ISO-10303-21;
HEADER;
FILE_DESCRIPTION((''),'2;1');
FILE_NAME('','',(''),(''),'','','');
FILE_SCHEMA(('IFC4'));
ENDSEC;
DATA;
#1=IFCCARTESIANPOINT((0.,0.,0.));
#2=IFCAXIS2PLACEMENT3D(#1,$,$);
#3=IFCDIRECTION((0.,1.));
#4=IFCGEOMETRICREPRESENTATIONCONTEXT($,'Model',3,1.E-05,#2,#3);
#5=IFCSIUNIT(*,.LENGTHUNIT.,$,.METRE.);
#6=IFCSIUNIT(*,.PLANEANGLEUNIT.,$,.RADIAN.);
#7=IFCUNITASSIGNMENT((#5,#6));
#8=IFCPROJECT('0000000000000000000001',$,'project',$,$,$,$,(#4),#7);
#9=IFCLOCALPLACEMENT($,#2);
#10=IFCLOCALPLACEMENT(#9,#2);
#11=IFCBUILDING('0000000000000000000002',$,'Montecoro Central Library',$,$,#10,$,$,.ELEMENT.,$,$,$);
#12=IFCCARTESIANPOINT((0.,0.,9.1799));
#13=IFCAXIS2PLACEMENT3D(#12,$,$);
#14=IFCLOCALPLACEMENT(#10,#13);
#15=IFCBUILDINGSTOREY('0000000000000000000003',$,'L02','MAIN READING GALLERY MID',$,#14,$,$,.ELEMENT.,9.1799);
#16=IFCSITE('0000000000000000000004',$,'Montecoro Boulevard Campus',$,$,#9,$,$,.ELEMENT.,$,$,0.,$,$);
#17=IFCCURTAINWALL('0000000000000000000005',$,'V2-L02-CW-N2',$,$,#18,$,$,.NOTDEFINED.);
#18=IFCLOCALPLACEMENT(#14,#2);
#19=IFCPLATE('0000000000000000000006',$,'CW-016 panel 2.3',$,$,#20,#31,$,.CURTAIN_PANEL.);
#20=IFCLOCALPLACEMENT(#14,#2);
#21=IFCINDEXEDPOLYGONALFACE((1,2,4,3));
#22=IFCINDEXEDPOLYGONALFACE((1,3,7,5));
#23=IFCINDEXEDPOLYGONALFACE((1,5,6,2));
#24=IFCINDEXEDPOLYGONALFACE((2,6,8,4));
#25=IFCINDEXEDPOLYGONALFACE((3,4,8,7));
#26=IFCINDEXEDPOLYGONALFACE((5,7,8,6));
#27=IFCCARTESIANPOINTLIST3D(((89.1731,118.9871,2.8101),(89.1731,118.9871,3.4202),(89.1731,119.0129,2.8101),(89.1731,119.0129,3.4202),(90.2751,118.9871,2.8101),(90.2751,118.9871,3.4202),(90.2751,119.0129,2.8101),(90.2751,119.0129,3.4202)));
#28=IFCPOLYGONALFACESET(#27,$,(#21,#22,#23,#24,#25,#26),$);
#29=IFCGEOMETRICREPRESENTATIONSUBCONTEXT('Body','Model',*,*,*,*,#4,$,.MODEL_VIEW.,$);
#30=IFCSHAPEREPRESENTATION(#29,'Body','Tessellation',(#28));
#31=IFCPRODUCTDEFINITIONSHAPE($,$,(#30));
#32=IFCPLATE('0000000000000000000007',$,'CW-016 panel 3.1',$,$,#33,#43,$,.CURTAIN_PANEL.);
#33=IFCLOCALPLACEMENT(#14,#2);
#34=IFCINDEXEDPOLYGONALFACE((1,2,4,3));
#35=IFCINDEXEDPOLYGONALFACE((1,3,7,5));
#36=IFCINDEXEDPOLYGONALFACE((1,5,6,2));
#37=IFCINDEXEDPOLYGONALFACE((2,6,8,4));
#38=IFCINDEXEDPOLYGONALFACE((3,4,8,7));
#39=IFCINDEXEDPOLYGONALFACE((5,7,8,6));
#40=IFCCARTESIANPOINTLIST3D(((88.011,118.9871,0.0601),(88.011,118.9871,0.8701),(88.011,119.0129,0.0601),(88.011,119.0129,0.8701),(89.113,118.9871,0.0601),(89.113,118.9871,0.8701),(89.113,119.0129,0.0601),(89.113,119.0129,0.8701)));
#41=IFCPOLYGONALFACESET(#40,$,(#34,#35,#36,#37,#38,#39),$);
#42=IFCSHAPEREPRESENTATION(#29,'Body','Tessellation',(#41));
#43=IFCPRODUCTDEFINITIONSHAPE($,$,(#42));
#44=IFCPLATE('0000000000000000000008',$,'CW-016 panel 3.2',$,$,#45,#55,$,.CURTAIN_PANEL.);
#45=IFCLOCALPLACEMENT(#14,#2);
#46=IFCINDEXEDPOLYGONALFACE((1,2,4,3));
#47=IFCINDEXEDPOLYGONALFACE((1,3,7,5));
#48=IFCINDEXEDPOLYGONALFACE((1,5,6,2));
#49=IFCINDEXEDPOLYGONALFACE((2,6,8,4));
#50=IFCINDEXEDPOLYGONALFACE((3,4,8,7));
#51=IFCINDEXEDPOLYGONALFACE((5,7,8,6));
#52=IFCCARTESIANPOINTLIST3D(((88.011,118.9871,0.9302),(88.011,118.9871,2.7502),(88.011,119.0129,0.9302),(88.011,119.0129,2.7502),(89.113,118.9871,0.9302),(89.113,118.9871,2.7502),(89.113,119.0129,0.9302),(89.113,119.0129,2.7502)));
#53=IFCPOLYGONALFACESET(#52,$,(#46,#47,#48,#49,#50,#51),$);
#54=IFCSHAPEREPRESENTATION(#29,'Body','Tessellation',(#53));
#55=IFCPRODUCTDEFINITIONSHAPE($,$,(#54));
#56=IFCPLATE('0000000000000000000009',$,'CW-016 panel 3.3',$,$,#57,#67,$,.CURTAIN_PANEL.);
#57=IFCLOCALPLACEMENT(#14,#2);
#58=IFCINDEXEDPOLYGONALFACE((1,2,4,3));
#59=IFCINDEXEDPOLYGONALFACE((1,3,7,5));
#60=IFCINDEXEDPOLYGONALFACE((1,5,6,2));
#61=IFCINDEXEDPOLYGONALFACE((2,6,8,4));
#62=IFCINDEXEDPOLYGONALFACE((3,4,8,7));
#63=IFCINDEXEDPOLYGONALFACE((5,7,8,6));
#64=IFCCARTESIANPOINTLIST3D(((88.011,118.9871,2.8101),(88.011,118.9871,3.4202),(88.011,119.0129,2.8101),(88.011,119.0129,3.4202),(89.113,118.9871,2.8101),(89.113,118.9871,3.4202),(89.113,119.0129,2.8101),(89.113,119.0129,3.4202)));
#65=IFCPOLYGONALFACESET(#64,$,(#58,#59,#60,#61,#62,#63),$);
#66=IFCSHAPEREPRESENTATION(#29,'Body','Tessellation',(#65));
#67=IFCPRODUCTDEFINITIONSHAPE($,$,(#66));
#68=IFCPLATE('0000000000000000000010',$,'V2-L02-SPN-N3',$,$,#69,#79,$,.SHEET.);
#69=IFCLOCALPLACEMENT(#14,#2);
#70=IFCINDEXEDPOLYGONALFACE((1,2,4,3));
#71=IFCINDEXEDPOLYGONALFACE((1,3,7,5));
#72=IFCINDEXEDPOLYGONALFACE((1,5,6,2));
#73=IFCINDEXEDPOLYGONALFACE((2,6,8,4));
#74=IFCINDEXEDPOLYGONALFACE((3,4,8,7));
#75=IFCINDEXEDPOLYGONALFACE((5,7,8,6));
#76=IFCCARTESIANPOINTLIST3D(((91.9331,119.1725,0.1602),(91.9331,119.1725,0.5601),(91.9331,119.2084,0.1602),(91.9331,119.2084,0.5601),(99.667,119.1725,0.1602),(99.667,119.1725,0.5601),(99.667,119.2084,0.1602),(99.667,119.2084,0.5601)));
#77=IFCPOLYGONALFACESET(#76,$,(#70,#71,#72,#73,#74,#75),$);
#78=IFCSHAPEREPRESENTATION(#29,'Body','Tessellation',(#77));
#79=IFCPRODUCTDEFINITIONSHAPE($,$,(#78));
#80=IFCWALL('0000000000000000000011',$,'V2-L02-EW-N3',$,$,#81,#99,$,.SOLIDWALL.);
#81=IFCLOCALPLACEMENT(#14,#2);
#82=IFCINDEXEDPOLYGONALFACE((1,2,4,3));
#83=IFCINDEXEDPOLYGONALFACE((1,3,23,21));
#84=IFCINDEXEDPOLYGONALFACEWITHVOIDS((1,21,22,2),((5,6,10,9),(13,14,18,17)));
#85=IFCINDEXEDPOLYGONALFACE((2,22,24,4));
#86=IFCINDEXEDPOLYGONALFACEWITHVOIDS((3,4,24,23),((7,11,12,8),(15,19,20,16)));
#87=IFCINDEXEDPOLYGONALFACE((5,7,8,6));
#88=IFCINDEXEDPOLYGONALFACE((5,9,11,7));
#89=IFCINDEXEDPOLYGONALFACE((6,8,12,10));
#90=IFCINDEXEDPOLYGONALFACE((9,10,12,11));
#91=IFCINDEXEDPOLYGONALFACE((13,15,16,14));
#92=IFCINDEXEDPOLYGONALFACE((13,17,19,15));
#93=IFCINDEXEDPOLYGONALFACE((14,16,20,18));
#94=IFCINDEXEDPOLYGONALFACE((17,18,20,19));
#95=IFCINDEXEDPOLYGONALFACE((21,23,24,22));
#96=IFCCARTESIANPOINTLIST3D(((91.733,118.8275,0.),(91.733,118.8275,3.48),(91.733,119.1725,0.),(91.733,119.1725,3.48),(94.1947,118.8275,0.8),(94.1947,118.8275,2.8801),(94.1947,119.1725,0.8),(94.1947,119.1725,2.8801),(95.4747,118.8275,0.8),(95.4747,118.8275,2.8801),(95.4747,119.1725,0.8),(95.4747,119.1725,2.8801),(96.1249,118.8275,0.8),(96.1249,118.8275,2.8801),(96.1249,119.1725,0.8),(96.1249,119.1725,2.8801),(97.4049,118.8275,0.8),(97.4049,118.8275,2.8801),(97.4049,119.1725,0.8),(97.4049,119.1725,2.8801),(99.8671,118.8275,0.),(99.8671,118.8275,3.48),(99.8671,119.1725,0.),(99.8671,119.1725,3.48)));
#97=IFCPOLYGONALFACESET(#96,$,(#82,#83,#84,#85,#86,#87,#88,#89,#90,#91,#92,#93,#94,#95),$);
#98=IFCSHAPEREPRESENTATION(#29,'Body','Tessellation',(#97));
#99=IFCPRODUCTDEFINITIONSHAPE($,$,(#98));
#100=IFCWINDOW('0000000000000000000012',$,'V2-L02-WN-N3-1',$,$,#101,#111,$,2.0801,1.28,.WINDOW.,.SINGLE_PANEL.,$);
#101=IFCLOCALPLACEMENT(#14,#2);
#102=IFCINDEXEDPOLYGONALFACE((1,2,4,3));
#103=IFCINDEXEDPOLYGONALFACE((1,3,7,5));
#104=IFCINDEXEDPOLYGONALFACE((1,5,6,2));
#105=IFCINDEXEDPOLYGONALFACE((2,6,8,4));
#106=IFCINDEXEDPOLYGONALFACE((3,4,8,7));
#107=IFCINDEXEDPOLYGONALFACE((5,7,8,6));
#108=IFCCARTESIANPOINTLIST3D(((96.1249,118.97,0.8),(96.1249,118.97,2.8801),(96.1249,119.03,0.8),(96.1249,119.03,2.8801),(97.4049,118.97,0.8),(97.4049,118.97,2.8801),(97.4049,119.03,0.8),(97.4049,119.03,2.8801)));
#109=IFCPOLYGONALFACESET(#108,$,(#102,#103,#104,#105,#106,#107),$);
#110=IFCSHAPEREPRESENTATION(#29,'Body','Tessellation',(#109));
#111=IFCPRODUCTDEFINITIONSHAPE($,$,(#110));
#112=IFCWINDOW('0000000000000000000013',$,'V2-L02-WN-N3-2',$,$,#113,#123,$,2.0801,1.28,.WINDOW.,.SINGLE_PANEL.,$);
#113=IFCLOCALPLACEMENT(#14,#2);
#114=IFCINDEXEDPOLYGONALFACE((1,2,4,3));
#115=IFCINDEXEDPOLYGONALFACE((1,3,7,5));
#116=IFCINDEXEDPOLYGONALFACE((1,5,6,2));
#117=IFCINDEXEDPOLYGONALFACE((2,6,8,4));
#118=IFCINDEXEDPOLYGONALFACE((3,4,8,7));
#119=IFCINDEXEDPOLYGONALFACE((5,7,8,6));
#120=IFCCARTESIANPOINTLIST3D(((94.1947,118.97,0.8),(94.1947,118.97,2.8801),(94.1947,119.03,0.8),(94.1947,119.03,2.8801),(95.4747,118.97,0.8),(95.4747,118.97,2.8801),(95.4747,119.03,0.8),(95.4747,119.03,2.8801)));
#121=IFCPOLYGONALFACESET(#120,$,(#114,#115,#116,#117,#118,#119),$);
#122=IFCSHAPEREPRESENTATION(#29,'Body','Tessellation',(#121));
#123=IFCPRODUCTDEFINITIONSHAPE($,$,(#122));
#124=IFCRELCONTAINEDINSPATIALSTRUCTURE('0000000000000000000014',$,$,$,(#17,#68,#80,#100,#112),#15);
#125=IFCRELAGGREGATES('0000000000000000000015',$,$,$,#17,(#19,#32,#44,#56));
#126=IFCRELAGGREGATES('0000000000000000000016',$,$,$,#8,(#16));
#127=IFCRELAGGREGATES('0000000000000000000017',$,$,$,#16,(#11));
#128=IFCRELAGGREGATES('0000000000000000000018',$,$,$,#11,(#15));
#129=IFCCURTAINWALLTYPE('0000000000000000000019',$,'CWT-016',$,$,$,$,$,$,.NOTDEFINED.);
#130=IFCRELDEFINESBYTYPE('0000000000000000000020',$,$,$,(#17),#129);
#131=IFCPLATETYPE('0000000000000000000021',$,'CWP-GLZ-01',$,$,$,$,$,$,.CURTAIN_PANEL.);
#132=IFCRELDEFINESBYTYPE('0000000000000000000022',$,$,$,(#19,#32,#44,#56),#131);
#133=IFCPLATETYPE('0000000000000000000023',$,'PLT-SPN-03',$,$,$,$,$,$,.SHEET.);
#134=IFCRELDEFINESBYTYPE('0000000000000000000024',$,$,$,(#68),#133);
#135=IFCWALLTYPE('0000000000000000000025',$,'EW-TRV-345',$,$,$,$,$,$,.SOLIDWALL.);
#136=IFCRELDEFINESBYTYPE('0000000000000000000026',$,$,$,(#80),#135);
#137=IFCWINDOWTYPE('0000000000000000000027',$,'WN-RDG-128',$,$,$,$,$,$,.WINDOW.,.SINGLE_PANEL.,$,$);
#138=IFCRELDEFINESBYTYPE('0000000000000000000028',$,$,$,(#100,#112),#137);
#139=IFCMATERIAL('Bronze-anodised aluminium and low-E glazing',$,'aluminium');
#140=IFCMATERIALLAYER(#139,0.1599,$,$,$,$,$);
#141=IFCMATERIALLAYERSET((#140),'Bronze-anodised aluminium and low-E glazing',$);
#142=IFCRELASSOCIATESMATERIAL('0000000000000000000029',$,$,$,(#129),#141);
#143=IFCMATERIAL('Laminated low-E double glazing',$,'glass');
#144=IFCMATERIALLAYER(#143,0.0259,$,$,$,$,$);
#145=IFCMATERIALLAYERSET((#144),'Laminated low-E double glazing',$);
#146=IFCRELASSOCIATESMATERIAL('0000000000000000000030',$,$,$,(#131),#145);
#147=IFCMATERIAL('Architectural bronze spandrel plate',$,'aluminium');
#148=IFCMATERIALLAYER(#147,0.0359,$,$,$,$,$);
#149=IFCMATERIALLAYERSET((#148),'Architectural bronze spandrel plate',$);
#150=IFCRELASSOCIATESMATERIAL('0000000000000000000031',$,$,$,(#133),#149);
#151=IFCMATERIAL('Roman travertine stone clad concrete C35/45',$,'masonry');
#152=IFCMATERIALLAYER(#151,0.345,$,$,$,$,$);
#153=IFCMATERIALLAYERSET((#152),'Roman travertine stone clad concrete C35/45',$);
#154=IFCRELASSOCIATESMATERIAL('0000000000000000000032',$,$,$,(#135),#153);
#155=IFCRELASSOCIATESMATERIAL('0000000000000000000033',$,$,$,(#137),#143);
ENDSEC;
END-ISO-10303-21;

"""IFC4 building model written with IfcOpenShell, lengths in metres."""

from ifc_helpers import new_model, si_unit, direction, frame, frame_2d, origin, origin_2d, place, context, subcontext, project, spatial, rectangle, extrude, material, layer, layer_set, type_object, element, fill, aggregate, save


model = new_model("IFC4")

# Units and contexts
model_context = context("Model", 3, precision=1e-05, world=origin(), true_north=direction((0.0, 1.0)))
body_context = subcontext(model_context, "Body", "Model", "MODEL_VIEW")
ifc_project = project(units=[si_unit("LENGTHUNIT", "METRE"), si_unit("PLANEANGLEUNIT", "RADIAN")], contexts=[model_context])

# Site, building, storey
site_placement = place(None, origin())
site = spatial("IfcSite", under=ifc_project, at=site_placement, Name="Montecoro Boulevard Campus", CompositionType="ELEMENT", RefElevation=0.0)
building_placement = place(site_placement, origin())
building = spatial("IfcBuilding", under=site, at=building_placement, Name="Montecoro Central Library", CompositionType="ELEMENT")
storey_placement = place(building_placement, frame((0.0, 0.0, 9.1799)))
storey = spatial("IfcBuildingStorey", under=building, at=storey_placement, Name="L02", Description="MAIN READING GALLERY MID", CompositionType="ELEMENT", Elevation=9.1799)

# Curtain wall, plates
ifc_material_1 = material(Name="Bronze-anodised aluminium and low-E glazing", Category="aluminium")
ifc_layer_1 = layer(ifc_material_1, 0.1599)
ifc_layer_set_1 = layer_set([ifc_layer_1], Name="Bronze-anodised aluminium and low-E glazing")
curtain_wall_type = type_object("IfcCurtainWallType", Name="CWT-016", PredefinedType="NOTDEFINED", material=ifc_layer_set_1)
curtain_wall_placement = place(storey_placement, origin())
curtain_wall = element("IfcCurtainWall", 1, at=curtain_wall_placement, inside=storey, type_object=curtain_wall_type, Name="V2-L02-CW-N2", PredefinedType="NOTDEFINED")
ifc_material_2 = material(Name="Laminated low-E double glazing", Category="glass")
ifc_layer_2 = layer(ifc_material_2, 0.0259)
ifc_layer_set_2 = layer_set([ifc_layer_2], Name="Laminated low-E double glazing")
plate_type_1 = type_object("IfcPlateType", Name="CWP-GLZ-01", PredefinedType="CURTAIN_PANEL", material=ifc_layer_set_2)
plate_1_placement = place(storey_placement, frame((89.7241, 119.0, 2.8101), z_axis=(0.0, 0.0, 1.0), x_axis=(-1.0, 0.0, 0.0)))
plate_1 = element("IfcPlate", 2, at=plate_1_placement, type_object=plate_type_1, Name="CW-016 panel 2.3", PredefinedType="CURTAIN_PANEL", context=body_context, shape_type="SweptSolid", body=[
    extrude(rectangle(XDim=1.1021, YDim=0.0259, at=origin_2d()), origin(), (0.0, 0.0, 1.0), 0.6101),
])
plate_2_placement = place(storey_placement, frame((88.562, 119.0, 0.0601), z_axis=(0.0, 0.0, 1.0), x_axis=(-1.0, 0.0, 0.0)))
plate_2 = element("IfcPlate", 3, at=plate_2_placement, type_object=plate_type_1, Name="CW-016 panel 3.1", PredefinedType="CURTAIN_PANEL", context=body_context, shape_type="SweptSolid", body=[
    extrude(rectangle(XDim=1.1021, YDim=0.0259, at=origin_2d()), origin(), (0.0, 0.0, 1.0), 0.8101),
])
plate_3_placement = place(storey_placement, frame((88.562, 119.0, 0.9302), z_axis=(0.0, 0.0, 1.0), x_axis=(-1.0, 0.0, 0.0)))
plate_3 = element("IfcPlate", 4, at=plate_3_placement, type_object=plate_type_1, Name="CW-016 panel 3.2", PredefinedType="CURTAIN_PANEL", context=body_context, shape_type="SweptSolid", body=[
    extrude(rectangle(XDim=1.1021, YDim=0.0259, at=origin_2d()), origin(), (0.0, 0.0, 1.0), 1.8201),
])
plate_4_placement = place(storey_placement, frame((88.562, 119.0, 2.8101), z_axis=(0.0, 0.0, 1.0), x_axis=(-1.0, 0.0, 0.0)))
plate_4 = element("IfcPlate", 5, at=plate_4_placement, type_object=plate_type_1, Name="CW-016 panel 3.3", PredefinedType="CURTAIN_PANEL", context=body_context, shape_type="SweptSolid", body=[
    extrude(rectangle(XDim=1.1021, YDim=0.0259, at=origin_2d()), origin(), (0.0, 0.0, 1.0), 0.6101),
])
aggregate(curtain_wall, [plate_1, plate_2, plate_3, plate_4])

# Plate
ifc_material_3 = material(Name="Architectural bronze spandrel plate", Category="aluminium")
ifc_layer_3 = layer(ifc_material_3, 0.0359)
ifc_layer_set_3 = layer_set([ifc_layer_3], Name="Architectural bronze spandrel plate")
plate_type_2 = type_object("IfcPlateType", Name="PLT-SPN-03", PredefinedType="SHEET", material=ifc_layer_set_3)
plate_5_placement = place(storey_placement, frame((95.8, 119.1904, 0.1602), z_axis=(0.0, 0.0, 1.0), x_axis=(-1.0, 0.0, 0.0)))
element("IfcPlate", 6, at=plate_5_placement, inside=storey, type_object=plate_type_2, Name="V2-L02-SPN-N3", PredefinedType="SHEET", context=body_context, shape_type="SweptSolid", body=[
    extrude(rectangle(XDim=7.7339, YDim=0.0359, at=origin_2d()), origin(), (0.0, 0.0, 1.0), 0.3999),
])

# Wall, openings, windows
ifc_material_4 = material(Name="Roman travertine stone clad concrete C35/45", Category="masonry")
ifc_layer_4 = layer(ifc_material_4, 0.345)
ifc_layer_set_4 = layer_set([ifc_layer_4], Name="Roman travertine stone clad concrete C35/45")
wall_type = type_object("IfcWallType", Name="EW-TRV-345", PredefinedType="SOLIDWALL", material=ifc_layer_set_4)
wall_placement = place(storey_placement, frame((99.8669, 119.0, 0.0), z_axis=(0.0, 0.0, 1.0), x_axis=(-1.0, 0.0, 0.0)))
wall = element("IfcWall", 7, at=wall_placement, inside=storey, type_object=wall_type, Name="V2-L02-EW-N3", PredefinedType="SOLIDWALL", context=body_context, shape_type="SweptSolid", body=[
    extrude(rectangle(XDim=8.134, YDim=0.345, at=frame_2d((4.0669, 0.0))), origin(), (0.0, 0.0, 1.0), 3.48),
])
opening_1_placement = place(wall_placement, frame((2.4619, 0.0, 0.8)))
opening_1 = element("IfcOpeningElement", 8, at=opening_1_placement, cuts=wall, PredefinedType="OPENING", context=body_context, shape_type="SweptSolid", body=[
    extrude(rectangle(XDim=1.28, YDim=2.0801, at=frame_2d((0.6401, 1.04))), frame((0.0, 0.1824, 0.0), z_axis=(0.0, -1.0, 0.0), x_axis=(1.0, 0.0, 0.0)), (0.0, 0.0, 1.0), 0.365),
])
opening_2_placement = place(wall_placement, frame((4.3921, 0.0, 0.8)))
opening_2 = element("IfcOpeningElement", 9, at=opening_2_placement, cuts=wall, PredefinedType="OPENING", context=body_context, shape_type="SweptSolid", body=[
    extrude(rectangle(XDim=1.28, YDim=2.0801, at=frame_2d((0.6401, 1.04))), frame((0.0, 0.1824, 0.0), z_axis=(0.0, -1.0, 0.0), x_axis=(1.0, 0.0, 0.0)), (0.0, 0.0, 1.0), 0.365),
])
window_type = type_object("IfcWindowType", Name="WN-RDG-128", PartitioningType="SINGLE_PANEL", PredefinedType="WINDOW", material=ifc_material_2)
window_1_placement = place(opening_1_placement, origin())
window_1 = element("IfcWindow", 10, at=window_1_placement, inside=storey, type_object=window_type, Name="V2-L02-WN-N3-1", OverallHeight=2.0801, OverallWidth=1.28, PartitioningType="SINGLE_PANEL", PredefinedType="WINDOW", context=body_context, shape_type="SweptSolid", body=[
    extrude(rectangle(XDim=1.28, YDim=2.0801, at=frame_2d((0.6401, 1.04))), frame((0.0, 0.03, 0.0), z_axis=(0.0, -1.0, 0.0), x_axis=(1.0, 0.0, 0.0)), (0.0, 0.0, 1.0), 0.0601),
])
fill(opening_1, window_1)
window_2_placement = place(opening_2_placement, origin())
window_2 = element("IfcWindow", 11, at=window_2_placement, inside=storey, type_object=window_type, Name="V2-L02-WN-N3-2", OverallHeight=2.0801, OverallWidth=1.28, PartitioningType="SINGLE_PANEL", PredefinedType="WINDOW", context=body_context, shape_type="SweptSolid", body=[
    extrude(rectangle(XDim=1.28, YDim=2.0801, at=frame_2d((0.6401, 1.04))), frame((0.0, 0.03, 0.0), z_axis=(0.0, -1.0, 0.0), x_axis=(1.0, 0.0, 0.0)), (0.0, 0.0, 1.0), 0.0601),
])
fill(opening_2, window_2)

save(model, "model.ifc")
